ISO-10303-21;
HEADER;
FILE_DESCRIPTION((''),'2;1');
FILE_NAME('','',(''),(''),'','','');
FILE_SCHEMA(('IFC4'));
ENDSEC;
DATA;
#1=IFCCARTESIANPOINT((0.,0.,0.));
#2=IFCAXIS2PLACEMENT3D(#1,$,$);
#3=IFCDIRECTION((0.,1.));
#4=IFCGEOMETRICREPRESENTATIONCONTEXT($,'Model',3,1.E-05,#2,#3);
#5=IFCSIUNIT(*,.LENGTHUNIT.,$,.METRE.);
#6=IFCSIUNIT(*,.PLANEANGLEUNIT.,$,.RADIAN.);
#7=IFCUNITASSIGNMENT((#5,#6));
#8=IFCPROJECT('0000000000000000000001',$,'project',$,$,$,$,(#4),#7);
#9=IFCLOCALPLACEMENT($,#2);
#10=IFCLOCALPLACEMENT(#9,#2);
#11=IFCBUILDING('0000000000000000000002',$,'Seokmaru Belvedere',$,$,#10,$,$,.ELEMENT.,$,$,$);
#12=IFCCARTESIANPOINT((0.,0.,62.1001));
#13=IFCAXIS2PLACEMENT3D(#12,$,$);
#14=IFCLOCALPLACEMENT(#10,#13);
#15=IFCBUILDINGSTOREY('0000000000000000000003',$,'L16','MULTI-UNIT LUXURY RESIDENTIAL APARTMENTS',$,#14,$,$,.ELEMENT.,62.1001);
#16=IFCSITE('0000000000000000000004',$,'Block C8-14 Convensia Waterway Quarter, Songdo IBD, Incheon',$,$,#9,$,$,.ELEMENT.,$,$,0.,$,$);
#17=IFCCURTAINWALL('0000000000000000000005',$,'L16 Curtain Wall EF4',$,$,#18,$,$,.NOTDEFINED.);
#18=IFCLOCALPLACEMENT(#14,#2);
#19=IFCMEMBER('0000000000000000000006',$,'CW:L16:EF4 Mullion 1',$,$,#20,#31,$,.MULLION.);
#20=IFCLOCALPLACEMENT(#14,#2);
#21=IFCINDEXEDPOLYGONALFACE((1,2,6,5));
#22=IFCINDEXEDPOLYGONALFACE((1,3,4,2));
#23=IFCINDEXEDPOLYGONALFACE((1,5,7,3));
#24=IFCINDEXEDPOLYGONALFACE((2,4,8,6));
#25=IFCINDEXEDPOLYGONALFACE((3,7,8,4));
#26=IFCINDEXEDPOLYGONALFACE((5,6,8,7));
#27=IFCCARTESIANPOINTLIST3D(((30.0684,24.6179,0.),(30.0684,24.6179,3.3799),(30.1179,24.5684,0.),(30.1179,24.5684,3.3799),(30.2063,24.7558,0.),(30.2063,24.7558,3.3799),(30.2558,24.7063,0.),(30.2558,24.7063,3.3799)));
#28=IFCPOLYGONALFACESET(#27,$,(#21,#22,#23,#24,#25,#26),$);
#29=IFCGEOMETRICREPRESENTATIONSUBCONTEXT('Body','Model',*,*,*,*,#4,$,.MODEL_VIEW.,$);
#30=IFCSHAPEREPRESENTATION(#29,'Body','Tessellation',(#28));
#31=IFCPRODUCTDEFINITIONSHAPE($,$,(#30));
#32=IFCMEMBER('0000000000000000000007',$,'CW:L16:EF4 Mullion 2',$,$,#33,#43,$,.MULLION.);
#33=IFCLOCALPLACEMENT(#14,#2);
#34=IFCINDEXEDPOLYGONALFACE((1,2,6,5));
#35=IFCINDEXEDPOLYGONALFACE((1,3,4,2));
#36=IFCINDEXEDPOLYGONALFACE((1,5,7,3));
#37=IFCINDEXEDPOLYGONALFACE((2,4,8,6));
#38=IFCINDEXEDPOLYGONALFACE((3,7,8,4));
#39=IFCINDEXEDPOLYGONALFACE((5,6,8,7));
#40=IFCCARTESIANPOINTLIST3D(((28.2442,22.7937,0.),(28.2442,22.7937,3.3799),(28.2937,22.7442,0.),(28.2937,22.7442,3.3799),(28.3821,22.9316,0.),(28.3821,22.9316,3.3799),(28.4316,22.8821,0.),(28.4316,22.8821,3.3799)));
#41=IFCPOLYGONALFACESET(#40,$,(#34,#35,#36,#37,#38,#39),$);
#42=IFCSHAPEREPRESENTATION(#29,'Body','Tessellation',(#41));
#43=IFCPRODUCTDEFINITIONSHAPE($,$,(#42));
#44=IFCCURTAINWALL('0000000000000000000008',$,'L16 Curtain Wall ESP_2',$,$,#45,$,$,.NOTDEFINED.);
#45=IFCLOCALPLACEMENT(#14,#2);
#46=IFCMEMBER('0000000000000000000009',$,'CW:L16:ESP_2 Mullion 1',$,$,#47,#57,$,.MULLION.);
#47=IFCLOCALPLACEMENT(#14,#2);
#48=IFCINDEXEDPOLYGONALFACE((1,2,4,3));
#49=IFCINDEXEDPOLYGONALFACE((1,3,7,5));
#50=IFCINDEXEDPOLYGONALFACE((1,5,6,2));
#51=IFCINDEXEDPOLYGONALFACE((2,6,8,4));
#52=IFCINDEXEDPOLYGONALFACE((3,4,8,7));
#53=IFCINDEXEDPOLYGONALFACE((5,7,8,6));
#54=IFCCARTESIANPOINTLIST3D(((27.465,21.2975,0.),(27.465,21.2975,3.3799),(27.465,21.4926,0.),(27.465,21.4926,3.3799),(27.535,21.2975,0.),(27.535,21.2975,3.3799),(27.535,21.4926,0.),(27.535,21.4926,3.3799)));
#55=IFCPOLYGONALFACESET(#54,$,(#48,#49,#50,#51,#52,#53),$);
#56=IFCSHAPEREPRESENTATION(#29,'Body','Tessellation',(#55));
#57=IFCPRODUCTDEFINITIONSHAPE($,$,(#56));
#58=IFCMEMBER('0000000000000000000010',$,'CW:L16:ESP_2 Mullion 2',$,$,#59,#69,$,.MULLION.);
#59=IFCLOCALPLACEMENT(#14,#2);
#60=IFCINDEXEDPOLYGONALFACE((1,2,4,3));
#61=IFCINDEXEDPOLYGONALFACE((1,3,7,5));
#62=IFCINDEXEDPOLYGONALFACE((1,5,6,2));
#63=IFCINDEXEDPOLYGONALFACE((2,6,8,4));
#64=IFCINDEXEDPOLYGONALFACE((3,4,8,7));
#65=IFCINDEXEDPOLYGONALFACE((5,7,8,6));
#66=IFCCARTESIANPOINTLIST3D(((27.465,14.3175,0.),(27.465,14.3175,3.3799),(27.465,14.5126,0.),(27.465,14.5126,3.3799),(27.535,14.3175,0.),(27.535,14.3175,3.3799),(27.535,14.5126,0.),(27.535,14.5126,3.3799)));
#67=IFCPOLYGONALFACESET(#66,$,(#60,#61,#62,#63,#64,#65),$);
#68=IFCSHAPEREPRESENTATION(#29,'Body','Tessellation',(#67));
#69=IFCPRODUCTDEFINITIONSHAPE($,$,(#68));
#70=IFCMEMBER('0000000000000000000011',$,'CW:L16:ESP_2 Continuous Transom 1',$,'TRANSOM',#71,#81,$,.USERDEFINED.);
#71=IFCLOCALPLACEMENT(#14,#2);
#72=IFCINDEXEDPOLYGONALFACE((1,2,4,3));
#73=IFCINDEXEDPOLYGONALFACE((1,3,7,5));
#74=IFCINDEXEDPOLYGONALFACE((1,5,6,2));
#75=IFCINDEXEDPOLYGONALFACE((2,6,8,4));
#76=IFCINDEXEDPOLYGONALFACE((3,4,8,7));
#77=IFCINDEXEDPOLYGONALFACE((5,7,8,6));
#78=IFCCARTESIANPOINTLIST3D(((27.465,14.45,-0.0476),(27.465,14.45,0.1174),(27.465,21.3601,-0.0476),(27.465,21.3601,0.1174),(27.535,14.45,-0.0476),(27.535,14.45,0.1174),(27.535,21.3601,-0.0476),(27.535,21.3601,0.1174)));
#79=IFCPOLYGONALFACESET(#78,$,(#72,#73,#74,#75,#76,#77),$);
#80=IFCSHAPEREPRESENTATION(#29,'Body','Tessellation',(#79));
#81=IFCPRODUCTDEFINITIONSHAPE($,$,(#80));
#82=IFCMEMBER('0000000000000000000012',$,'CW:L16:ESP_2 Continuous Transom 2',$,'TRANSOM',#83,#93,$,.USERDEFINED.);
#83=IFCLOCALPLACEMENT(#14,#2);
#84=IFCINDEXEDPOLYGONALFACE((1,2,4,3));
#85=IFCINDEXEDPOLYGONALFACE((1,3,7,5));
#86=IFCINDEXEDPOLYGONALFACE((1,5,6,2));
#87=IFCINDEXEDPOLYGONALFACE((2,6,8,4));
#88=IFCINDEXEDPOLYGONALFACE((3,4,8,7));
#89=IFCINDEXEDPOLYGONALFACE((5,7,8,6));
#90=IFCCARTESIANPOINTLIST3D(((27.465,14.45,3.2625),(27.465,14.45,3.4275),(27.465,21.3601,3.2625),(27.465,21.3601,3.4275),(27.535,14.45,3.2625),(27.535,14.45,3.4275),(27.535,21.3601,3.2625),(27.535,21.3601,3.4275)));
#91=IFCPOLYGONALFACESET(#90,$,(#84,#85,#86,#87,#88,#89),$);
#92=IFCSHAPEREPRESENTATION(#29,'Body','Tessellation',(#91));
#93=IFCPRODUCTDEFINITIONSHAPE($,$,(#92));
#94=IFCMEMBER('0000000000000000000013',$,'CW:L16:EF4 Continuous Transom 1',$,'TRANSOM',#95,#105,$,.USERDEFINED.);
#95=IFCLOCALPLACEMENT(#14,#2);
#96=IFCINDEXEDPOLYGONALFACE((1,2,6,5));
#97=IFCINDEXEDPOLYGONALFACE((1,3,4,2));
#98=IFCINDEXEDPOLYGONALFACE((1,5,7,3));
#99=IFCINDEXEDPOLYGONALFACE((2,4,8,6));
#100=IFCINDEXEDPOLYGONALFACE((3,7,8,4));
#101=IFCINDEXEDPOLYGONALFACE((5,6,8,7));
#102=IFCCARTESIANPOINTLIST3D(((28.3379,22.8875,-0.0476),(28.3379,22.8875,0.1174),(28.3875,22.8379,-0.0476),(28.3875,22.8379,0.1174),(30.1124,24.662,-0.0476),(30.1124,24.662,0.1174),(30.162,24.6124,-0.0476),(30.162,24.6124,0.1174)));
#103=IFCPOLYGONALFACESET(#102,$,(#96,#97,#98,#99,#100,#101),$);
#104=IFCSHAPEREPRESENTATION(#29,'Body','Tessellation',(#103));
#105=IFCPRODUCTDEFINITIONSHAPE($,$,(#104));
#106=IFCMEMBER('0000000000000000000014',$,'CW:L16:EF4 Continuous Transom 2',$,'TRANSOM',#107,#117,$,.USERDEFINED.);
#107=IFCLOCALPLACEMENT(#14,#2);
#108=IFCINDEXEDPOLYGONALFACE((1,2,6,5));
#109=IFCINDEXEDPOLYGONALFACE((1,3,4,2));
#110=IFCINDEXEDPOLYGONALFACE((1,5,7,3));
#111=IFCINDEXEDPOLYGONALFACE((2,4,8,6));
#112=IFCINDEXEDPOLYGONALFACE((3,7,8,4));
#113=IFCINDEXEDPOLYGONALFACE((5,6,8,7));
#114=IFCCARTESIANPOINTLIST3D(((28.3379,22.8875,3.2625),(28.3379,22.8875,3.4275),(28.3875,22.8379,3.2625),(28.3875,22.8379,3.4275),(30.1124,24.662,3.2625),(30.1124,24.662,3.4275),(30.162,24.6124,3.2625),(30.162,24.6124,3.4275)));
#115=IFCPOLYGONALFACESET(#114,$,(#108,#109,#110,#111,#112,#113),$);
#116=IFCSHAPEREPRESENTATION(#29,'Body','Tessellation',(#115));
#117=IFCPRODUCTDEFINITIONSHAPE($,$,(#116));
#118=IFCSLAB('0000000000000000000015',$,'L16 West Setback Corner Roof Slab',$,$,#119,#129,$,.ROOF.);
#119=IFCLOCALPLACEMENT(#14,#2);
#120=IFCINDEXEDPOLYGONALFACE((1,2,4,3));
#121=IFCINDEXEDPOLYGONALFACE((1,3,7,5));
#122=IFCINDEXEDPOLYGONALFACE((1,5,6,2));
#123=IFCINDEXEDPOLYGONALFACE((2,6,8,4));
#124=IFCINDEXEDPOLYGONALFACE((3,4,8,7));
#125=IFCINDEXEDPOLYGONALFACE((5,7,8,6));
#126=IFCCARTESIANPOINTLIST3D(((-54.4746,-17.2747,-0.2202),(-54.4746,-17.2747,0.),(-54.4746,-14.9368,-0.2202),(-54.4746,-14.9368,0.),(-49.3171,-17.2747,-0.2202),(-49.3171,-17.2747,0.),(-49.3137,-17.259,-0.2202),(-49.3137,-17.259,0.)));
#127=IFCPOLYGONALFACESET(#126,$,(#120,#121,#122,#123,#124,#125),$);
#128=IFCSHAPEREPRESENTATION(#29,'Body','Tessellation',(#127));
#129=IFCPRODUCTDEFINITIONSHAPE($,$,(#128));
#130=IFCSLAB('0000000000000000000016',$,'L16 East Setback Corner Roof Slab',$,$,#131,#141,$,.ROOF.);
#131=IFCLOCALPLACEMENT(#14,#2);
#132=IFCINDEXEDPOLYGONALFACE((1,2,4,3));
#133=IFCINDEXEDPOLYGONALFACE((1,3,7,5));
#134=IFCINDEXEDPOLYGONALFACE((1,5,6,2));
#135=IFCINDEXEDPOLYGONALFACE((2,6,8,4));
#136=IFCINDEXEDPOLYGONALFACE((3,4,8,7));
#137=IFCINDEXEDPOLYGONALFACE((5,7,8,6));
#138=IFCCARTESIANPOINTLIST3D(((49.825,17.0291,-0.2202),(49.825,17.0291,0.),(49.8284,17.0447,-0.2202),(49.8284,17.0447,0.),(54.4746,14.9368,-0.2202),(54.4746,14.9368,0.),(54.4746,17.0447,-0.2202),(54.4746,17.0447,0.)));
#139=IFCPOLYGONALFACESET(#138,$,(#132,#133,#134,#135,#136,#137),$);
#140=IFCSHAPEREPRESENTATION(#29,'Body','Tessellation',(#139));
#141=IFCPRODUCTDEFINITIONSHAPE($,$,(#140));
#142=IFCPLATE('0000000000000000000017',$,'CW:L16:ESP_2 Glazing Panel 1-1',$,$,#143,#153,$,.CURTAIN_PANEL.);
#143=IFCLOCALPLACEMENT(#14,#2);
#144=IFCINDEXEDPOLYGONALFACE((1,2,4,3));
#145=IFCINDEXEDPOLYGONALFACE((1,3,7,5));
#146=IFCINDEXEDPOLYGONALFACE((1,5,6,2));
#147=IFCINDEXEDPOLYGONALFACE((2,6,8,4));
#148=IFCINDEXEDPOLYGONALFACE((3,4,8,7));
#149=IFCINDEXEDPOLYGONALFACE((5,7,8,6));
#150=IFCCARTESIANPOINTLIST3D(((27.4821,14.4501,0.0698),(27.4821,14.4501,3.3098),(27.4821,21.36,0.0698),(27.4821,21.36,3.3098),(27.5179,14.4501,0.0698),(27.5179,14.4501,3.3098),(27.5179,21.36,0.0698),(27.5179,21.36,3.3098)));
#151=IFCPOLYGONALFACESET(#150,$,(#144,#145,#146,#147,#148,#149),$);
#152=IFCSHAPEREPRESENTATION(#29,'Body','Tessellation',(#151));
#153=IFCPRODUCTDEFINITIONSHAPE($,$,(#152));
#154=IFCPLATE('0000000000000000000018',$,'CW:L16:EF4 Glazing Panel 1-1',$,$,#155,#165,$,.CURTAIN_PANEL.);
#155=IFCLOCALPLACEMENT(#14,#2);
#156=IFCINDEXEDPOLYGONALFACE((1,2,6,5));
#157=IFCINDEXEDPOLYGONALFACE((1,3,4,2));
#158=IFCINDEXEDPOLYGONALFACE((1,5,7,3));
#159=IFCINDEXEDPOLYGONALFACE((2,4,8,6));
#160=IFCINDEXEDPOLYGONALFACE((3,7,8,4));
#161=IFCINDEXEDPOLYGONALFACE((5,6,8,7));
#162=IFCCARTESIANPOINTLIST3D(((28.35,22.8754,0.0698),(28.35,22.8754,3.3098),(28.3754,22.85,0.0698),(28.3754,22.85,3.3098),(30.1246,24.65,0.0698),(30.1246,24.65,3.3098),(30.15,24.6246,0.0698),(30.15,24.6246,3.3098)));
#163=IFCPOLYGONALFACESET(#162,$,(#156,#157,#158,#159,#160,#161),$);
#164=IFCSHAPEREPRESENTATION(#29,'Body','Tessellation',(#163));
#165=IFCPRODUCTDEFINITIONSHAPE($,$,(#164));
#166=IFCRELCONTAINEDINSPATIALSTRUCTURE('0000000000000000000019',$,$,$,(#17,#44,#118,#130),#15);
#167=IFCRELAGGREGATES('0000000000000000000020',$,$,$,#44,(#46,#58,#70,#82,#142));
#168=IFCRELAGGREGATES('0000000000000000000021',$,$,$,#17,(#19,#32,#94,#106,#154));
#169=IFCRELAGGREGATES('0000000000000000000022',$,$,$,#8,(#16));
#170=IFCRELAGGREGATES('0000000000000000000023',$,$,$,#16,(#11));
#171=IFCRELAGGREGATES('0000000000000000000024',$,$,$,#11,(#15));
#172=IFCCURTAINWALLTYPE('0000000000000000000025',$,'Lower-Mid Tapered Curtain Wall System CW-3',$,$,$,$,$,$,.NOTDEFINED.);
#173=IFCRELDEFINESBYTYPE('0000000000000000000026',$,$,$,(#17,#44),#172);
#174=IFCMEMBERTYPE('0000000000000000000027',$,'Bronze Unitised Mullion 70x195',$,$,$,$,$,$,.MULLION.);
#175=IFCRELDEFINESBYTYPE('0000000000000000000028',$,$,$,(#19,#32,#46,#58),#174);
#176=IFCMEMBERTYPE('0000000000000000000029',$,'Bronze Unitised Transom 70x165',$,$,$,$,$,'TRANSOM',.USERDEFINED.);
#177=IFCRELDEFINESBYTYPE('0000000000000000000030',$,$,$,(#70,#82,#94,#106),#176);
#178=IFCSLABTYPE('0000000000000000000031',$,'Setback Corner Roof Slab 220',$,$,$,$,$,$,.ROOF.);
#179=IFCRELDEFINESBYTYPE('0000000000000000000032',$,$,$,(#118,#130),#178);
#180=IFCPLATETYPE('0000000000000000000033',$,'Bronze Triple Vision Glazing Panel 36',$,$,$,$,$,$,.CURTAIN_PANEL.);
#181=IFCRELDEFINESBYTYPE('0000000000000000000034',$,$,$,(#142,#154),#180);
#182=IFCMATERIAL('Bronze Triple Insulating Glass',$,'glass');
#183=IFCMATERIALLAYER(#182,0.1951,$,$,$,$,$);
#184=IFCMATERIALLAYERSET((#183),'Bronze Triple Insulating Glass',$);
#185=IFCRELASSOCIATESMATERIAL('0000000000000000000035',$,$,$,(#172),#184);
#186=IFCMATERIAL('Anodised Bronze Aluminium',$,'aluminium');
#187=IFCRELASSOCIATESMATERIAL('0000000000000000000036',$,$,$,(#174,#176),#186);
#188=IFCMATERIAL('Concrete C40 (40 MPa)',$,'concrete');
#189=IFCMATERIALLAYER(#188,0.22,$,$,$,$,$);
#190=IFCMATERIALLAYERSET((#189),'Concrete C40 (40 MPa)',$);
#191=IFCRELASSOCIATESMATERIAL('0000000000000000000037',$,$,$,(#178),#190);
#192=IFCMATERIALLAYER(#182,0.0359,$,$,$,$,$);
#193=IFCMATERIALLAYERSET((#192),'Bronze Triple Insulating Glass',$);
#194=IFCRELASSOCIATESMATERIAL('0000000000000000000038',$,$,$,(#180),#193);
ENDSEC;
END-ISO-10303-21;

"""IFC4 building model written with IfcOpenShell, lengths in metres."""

from ifc_helpers import new_model, si_unit, direction, frame, origin, origin_2d, place, context, subcontext, project, spatial, polyline, rectangle, outline, extrude, source, transform, mapped, material, layer, layer_set, material_profile, profile_set, type_object, type_shapes, element, aggregate, save


model = new_model("IFC4")

# Units and contexts
model_context = context("Model", 3, precision=1e-05, world=origin(), true_north=direction((0.0, 1.0)))
body_context = subcontext(model_context, "Body", "Model", "MODEL_VIEW")
ifc_project = project(units=[si_unit("LENGTHUNIT", "METRE"), si_unit("PLANEANGLEUNIT", "RADIAN")], contexts=[model_context])

# Site, building, storey
site_placement = place(None, origin())
site = spatial("IfcSite", under=ifc_project, at=site_placement, Name="Block C8-14 Convensia Waterway Quarter, Songdo IBD, Incheon", CompositionType="ELEMENT", RefElevation=0.0)
building_placement = place(site_placement, origin())
building = spatial("IfcBuilding", under=site, at=building_placement, Name="Seokmaru Belvedere", CompositionType="ELEMENT")
storey_placement = place(building_placement, frame((0.0, 0.0, 62.1001)))
storey = spatial("IfcBuildingStorey", under=building, at=storey_placement, Name="L16", Description="MULTI-UNIT LUXURY RESIDENTIAL APARTMENTS", CompositionType="ELEMENT", Elevation=62.1001)

# Curtain walls, members
ifc_material_1 = material(Name="Bronze Triple Insulating Glass", Category="glass")
ifc_layer_1 = layer(ifc_material_1, 0.1951)
ifc_layer_set_1 = layer_set([ifc_layer_1], Name="Bronze Triple Insulating Glass")
curtain_wall_type = type_object("IfcCurtainWallType", Name="Lower-Mid Tapered Curtain Wall System CW-3", PredefinedType="NOTDEFINED", material=ifc_layer_set_1)
curtain_wall_1_placement = place(storey_placement, origin())
curtain_wall_1 = element("IfcCurtainWall", 1, at=curtain_wall_1_placement, inside=storey, type_object=curtain_wall_type, Name="L16 Curtain Wall EF4", PredefinedType="NOTDEFINED")
ifc_material_2 = material(Name="Anodised Bronze Aluminium", Category="aluminium")
ifc_material_profile_1 = material_profile(ifc_material_2, rectangle(XDim=0.0701, YDim=0.1951, at=origin_2d()), Name="CW-M-70x195")
ifc_profile_set_1 = profile_set([ifc_material_profile_1], Name="Anodised Bronze Aluminium")
member_type_1 = type_object("IfcMemberType", Name="Bronze Unitised Mullion 70x195", PredefinedType="MULLION", material=ifc_profile_set_1)
shared_shape_1 = source(origin(), body_context, "Body", "SweptSolid", [
    extrude(rectangle(XDim=0.0701, YDim=0.1951, at=origin_2d()), origin(), (0.0, 0.0, 1.0), 3.3799),
])
type_shapes(member_type_1, [shared_shape_1])
member_1_placement = place(storey_placement, frame((30.1621, 24.6621, 0.0), z_axis=(0.0, 0.0, 1.0), x_axis=(0.707107, -0.707107, 0.0)))
member_1 = element("IfcMember", 2, at=member_1_placement, type_object=member_type_1, Name="CW:L16:EF4 Mullion 1", PredefinedType="MULLION", context=body_context, shape_type="MappedRepresentation", body=[
    mapped(shared_shape_1, transform((0.0, 0.0, 0.0), scale=1.0)),
])
member_2_placement = place(storey_placement, frame((28.3379, 22.8379, 0.0), z_axis=(0.0, 0.0, 1.0), x_axis=(0.707107, -0.707107, 0.0)))
member_2 = element("IfcMember", 3, at=member_2_placement, type_object=member_type_1, Name="CW:L16:EF4 Mullion 2", PredefinedType="MULLION", context=body_context, shape_type="MappedRepresentation", body=[
    mapped(shared_shape_1, transform((0.0, 0.0, 0.0), scale=1.0)),
])
curtain_wall_2_placement = place(storey_placement, origin())
curtain_wall_2 = element("IfcCurtainWall", 4, at=curtain_wall_2_placement, inside=storey, type_object=curtain_wall_type, Name="L16 Curtain Wall ESP_2", PredefinedType="NOTDEFINED")
member_3_placement = place(storey_placement, frame((27.5, 21.395, 0.0), z_axis=(0.0, 0.0, 1.0), x_axis=(1.0, 0.0, 0.0)))
member_3 = element("IfcMember", 5, at=member_3_placement, type_object=member_type_1, Name="CW:L16:ESP_2 Mullion 1", PredefinedType="MULLION", context=body_context, shape_type="MappedRepresentation", body=[
    mapped(shared_shape_1, transform((0.0, 0.0, 0.0), scale=1.0)),
])
member_4_placement = place(storey_placement, frame((27.5, 14.415, 0.0), z_axis=(0.0, 0.0, 1.0), x_axis=(1.0, 0.0, 0.0)))
member_4 = element("IfcMember", 6, at=member_4_placement, type_object=member_type_1, Name="CW:L16:ESP_2 Mullion 2", PredefinedType="MULLION", context=body_context, shape_type="MappedRepresentation", body=[
    mapped(shared_shape_1, transform((0.0, 0.0, 0.0), scale=1.0)),
])
ifc_material_profile_2 = material_profile(ifc_material_2, rectangle(XDim=0.0701, YDim=0.165, at=origin_2d()), Name="CW-T-70x165")
ifc_profile_set_2 = profile_set([ifc_material_profile_2], Name="Anodised Bronze Aluminium")
member_type_2 = type_object("IfcMemberType", Name="Bronze Unitised Transom 70x165", ElementType="TRANSOM", PredefinedType="USERDEFINED", material=ifc_profile_set_2)
shared_shape_2 = source(origin(), body_context, "Body", "SweptSolid", [
    extrude(rectangle(XDim=0.0701, YDim=0.165, at=origin_2d()), origin(), (0.0, 0.0, 1.0), 6.9102),
])
member_5_placement = place(storey_placement, frame((27.5, 21.3601, 0.0349), z_axis=(0.0, -1.0, 0.0), x_axis=(1.0, 0.0, 0.0)))
member_5 = element("IfcMember", 7, at=member_5_placement, type_object=member_type_2, Name="CW:L16:ESP_2 Continuous Transom 1", ObjectType="TRANSOM", PredefinedType="USERDEFINED", context=body_context, shape_type="MappedRepresentation", body=[
    mapped(shared_shape_2, transform((0.0, 0.0, 0.0), scale=1.0)),
])
member_6_placement = place(storey_placement, frame((27.5, 21.3601, 3.345), z_axis=(0.0, -1.0, 0.0), x_axis=(1.0, 0.0, 0.0)))
member_6 = element("IfcMember", 8, at=member_6_placement, type_object=member_type_2, Name="CW:L16:ESP_2 Continuous Transom 2", ObjectType="TRANSOM", PredefinedType="USERDEFINED", context=body_context, shape_type="MappedRepresentation", body=[
    mapped(shared_shape_2, transform((0.0, 0.0, 0.0), scale=1.0)),
])

# Members
shared_shape_3 = source(origin(), body_context, "Body", "SweptSolid", [
    extrude(rectangle(XDim=0.0701, YDim=0.165, at=origin_2d()), origin(), (0.0, 0.0, 1.0), 2.5095),
])
type_shapes(member_type_2, [shared_shape_2, shared_shape_3])
member_7_placement = place(storey_placement, frame((30.1372, 24.6372, 0.0349), z_axis=(-0.707107, -0.707107, 0.0), x_axis=(0.707107, -0.707107, 0.0)))
member_7 = element("IfcMember", 9, at=member_7_placement, type_object=member_type_2, Name="CW:L16:EF4 Continuous Transom 1", ObjectType="TRANSOM", PredefinedType="USERDEFINED", context=body_context, shape_type="MappedRepresentation", body=[
    mapped(shared_shape_3, transform((0.0, 0.0, 0.0), scale=1.0)),
])
member_8_placement = place(storey_placement, frame((30.1372, 24.6372, 3.345), z_axis=(-0.707107, -0.707107, 0.0), x_axis=(0.707107, -0.707107, 0.0)))
member_8 = element("IfcMember", 10, at=member_8_placement, type_object=member_type_2, Name="CW:L16:EF4 Continuous Transom 2", ObjectType="TRANSOM", PredefinedType="USERDEFINED", context=body_context, shape_type="MappedRepresentation", body=[
    mapped(shared_shape_3, transform((0.0, 0.0, 0.0), scale=1.0)),
])

# Slabs
ifc_material_3 = material(Name="Concrete C40 (40 MPa)", Category="concrete")
ifc_layer_2 = layer(ifc_material_3, 0.22)
ifc_layer_set_2 = layer_set([ifc_layer_2], Name="Concrete C40 (40 MPa)")
slab_type = type_object("IfcSlabType", Name="Setback Corner Roof Slab 220", PredefinedType="ROOF", material=ifc_layer_set_2)
slab_1_placement = place(storey_placement, frame((0.0, 0.0, -0.2202)))
element("IfcSlab", 11, at=slab_1_placement, inside=storey, type_object=slab_type, Name="L16 West Setback Corner Roof Slab", PredefinedType="ROOF", context=body_context, shape_type="SweptSolid", body=[
    extrude(outline(polyline([(-49.3137, -17.259), (-54.4746, -14.9368), (-54.4746, -17.2747), (-49.3171, -17.2747), (-49.3137, -17.259)])), origin(), (0.0, 0.0, 1.0), 0.2202),
])
slab_2_placement = place(storey_placement, frame((0.0, 0.0, -0.2202)))
element("IfcSlab", 12, at=slab_2_placement, inside=storey, type_object=slab_type, Name="L16 East Setback Corner Roof Slab", PredefinedType="ROOF", context=body_context, shape_type="SweptSolid", body=[
    extrude(outline(polyline([(49.825, 17.0291), (54.4746, 14.9368), (54.4746, 17.0447), (49.8284, 17.0447), (49.825, 17.0291)])), origin(), (0.0, 0.0, 1.0), 0.2202),
])

# Plates
ifc_layer_3 = layer(ifc_material_1, 0.0359)
ifc_layer_set_3 = layer_set([ifc_layer_3], Name="Bronze Triple Insulating Glass")
plate_type = type_object("IfcPlateType", Name="Bronze Triple Vision Glazing Panel 36", PredefinedType="CURTAIN_PANEL", material=ifc_layer_set_3)
shared_shape_4 = source(origin(), body_context, "Body", "SweptSolid", [
    extrude(rectangle(XDim=6.9099, YDim=0.0359, at=origin_2d()), origin(), (0.0, 0.0, 1.0), 3.24),
])
plate_1_placement = place(storey_placement, frame((27.5, 17.905, 0.0698), z_axis=(0.0, 0.0, 1.0), x_axis=(0.0, -1.0, 0.0)))
plate_1 = element("IfcPlate", 13, at=plate_1_placement, type_object=plate_type, Name="CW:L16:ESP_2 Glazing Panel 1-1", PredefinedType="CURTAIN_PANEL", context=body_context, shape_type="MappedRepresentation", body=[
    mapped(shared_shape_4, transform((0.0, 0.0, 0.0), scale=1.0)),
])
aggregate(curtain_wall_2, [member_3, member_4, member_5, member_6, plate_1])
shared_shape_5 = source(origin(), body_context, "Body", "SweptSolid", [
    extrude(rectangle(XDim=2.5098, YDim=0.0359, at=origin_2d()), origin(), (0.0, 0.0, 1.0), 3.24),
])
type_shapes(plate_type, [shared_shape_4, shared_shape_5])
plate_2_placement = place(storey_placement, frame((29.25, 23.75, 0.0698), z_axis=(0.0, 0.0, 1.0), x_axis=(-0.707107, -0.707107, 0.0)))
plate_2 = element("IfcPlate", 14, at=plate_2_placement, type_object=plate_type, Name="CW:L16:EF4 Glazing Panel 1-1", PredefinedType="CURTAIN_PANEL", context=body_context, shape_type="MappedRepresentation", body=[
    mapped(shared_shape_5, transform((0.0, 0.0, 0.0), scale=1.0)),
])
aggregate(curtain_wall_1, [member_1, member_2, member_7, member_8, plate_2])

save(model, "model.ifc")
